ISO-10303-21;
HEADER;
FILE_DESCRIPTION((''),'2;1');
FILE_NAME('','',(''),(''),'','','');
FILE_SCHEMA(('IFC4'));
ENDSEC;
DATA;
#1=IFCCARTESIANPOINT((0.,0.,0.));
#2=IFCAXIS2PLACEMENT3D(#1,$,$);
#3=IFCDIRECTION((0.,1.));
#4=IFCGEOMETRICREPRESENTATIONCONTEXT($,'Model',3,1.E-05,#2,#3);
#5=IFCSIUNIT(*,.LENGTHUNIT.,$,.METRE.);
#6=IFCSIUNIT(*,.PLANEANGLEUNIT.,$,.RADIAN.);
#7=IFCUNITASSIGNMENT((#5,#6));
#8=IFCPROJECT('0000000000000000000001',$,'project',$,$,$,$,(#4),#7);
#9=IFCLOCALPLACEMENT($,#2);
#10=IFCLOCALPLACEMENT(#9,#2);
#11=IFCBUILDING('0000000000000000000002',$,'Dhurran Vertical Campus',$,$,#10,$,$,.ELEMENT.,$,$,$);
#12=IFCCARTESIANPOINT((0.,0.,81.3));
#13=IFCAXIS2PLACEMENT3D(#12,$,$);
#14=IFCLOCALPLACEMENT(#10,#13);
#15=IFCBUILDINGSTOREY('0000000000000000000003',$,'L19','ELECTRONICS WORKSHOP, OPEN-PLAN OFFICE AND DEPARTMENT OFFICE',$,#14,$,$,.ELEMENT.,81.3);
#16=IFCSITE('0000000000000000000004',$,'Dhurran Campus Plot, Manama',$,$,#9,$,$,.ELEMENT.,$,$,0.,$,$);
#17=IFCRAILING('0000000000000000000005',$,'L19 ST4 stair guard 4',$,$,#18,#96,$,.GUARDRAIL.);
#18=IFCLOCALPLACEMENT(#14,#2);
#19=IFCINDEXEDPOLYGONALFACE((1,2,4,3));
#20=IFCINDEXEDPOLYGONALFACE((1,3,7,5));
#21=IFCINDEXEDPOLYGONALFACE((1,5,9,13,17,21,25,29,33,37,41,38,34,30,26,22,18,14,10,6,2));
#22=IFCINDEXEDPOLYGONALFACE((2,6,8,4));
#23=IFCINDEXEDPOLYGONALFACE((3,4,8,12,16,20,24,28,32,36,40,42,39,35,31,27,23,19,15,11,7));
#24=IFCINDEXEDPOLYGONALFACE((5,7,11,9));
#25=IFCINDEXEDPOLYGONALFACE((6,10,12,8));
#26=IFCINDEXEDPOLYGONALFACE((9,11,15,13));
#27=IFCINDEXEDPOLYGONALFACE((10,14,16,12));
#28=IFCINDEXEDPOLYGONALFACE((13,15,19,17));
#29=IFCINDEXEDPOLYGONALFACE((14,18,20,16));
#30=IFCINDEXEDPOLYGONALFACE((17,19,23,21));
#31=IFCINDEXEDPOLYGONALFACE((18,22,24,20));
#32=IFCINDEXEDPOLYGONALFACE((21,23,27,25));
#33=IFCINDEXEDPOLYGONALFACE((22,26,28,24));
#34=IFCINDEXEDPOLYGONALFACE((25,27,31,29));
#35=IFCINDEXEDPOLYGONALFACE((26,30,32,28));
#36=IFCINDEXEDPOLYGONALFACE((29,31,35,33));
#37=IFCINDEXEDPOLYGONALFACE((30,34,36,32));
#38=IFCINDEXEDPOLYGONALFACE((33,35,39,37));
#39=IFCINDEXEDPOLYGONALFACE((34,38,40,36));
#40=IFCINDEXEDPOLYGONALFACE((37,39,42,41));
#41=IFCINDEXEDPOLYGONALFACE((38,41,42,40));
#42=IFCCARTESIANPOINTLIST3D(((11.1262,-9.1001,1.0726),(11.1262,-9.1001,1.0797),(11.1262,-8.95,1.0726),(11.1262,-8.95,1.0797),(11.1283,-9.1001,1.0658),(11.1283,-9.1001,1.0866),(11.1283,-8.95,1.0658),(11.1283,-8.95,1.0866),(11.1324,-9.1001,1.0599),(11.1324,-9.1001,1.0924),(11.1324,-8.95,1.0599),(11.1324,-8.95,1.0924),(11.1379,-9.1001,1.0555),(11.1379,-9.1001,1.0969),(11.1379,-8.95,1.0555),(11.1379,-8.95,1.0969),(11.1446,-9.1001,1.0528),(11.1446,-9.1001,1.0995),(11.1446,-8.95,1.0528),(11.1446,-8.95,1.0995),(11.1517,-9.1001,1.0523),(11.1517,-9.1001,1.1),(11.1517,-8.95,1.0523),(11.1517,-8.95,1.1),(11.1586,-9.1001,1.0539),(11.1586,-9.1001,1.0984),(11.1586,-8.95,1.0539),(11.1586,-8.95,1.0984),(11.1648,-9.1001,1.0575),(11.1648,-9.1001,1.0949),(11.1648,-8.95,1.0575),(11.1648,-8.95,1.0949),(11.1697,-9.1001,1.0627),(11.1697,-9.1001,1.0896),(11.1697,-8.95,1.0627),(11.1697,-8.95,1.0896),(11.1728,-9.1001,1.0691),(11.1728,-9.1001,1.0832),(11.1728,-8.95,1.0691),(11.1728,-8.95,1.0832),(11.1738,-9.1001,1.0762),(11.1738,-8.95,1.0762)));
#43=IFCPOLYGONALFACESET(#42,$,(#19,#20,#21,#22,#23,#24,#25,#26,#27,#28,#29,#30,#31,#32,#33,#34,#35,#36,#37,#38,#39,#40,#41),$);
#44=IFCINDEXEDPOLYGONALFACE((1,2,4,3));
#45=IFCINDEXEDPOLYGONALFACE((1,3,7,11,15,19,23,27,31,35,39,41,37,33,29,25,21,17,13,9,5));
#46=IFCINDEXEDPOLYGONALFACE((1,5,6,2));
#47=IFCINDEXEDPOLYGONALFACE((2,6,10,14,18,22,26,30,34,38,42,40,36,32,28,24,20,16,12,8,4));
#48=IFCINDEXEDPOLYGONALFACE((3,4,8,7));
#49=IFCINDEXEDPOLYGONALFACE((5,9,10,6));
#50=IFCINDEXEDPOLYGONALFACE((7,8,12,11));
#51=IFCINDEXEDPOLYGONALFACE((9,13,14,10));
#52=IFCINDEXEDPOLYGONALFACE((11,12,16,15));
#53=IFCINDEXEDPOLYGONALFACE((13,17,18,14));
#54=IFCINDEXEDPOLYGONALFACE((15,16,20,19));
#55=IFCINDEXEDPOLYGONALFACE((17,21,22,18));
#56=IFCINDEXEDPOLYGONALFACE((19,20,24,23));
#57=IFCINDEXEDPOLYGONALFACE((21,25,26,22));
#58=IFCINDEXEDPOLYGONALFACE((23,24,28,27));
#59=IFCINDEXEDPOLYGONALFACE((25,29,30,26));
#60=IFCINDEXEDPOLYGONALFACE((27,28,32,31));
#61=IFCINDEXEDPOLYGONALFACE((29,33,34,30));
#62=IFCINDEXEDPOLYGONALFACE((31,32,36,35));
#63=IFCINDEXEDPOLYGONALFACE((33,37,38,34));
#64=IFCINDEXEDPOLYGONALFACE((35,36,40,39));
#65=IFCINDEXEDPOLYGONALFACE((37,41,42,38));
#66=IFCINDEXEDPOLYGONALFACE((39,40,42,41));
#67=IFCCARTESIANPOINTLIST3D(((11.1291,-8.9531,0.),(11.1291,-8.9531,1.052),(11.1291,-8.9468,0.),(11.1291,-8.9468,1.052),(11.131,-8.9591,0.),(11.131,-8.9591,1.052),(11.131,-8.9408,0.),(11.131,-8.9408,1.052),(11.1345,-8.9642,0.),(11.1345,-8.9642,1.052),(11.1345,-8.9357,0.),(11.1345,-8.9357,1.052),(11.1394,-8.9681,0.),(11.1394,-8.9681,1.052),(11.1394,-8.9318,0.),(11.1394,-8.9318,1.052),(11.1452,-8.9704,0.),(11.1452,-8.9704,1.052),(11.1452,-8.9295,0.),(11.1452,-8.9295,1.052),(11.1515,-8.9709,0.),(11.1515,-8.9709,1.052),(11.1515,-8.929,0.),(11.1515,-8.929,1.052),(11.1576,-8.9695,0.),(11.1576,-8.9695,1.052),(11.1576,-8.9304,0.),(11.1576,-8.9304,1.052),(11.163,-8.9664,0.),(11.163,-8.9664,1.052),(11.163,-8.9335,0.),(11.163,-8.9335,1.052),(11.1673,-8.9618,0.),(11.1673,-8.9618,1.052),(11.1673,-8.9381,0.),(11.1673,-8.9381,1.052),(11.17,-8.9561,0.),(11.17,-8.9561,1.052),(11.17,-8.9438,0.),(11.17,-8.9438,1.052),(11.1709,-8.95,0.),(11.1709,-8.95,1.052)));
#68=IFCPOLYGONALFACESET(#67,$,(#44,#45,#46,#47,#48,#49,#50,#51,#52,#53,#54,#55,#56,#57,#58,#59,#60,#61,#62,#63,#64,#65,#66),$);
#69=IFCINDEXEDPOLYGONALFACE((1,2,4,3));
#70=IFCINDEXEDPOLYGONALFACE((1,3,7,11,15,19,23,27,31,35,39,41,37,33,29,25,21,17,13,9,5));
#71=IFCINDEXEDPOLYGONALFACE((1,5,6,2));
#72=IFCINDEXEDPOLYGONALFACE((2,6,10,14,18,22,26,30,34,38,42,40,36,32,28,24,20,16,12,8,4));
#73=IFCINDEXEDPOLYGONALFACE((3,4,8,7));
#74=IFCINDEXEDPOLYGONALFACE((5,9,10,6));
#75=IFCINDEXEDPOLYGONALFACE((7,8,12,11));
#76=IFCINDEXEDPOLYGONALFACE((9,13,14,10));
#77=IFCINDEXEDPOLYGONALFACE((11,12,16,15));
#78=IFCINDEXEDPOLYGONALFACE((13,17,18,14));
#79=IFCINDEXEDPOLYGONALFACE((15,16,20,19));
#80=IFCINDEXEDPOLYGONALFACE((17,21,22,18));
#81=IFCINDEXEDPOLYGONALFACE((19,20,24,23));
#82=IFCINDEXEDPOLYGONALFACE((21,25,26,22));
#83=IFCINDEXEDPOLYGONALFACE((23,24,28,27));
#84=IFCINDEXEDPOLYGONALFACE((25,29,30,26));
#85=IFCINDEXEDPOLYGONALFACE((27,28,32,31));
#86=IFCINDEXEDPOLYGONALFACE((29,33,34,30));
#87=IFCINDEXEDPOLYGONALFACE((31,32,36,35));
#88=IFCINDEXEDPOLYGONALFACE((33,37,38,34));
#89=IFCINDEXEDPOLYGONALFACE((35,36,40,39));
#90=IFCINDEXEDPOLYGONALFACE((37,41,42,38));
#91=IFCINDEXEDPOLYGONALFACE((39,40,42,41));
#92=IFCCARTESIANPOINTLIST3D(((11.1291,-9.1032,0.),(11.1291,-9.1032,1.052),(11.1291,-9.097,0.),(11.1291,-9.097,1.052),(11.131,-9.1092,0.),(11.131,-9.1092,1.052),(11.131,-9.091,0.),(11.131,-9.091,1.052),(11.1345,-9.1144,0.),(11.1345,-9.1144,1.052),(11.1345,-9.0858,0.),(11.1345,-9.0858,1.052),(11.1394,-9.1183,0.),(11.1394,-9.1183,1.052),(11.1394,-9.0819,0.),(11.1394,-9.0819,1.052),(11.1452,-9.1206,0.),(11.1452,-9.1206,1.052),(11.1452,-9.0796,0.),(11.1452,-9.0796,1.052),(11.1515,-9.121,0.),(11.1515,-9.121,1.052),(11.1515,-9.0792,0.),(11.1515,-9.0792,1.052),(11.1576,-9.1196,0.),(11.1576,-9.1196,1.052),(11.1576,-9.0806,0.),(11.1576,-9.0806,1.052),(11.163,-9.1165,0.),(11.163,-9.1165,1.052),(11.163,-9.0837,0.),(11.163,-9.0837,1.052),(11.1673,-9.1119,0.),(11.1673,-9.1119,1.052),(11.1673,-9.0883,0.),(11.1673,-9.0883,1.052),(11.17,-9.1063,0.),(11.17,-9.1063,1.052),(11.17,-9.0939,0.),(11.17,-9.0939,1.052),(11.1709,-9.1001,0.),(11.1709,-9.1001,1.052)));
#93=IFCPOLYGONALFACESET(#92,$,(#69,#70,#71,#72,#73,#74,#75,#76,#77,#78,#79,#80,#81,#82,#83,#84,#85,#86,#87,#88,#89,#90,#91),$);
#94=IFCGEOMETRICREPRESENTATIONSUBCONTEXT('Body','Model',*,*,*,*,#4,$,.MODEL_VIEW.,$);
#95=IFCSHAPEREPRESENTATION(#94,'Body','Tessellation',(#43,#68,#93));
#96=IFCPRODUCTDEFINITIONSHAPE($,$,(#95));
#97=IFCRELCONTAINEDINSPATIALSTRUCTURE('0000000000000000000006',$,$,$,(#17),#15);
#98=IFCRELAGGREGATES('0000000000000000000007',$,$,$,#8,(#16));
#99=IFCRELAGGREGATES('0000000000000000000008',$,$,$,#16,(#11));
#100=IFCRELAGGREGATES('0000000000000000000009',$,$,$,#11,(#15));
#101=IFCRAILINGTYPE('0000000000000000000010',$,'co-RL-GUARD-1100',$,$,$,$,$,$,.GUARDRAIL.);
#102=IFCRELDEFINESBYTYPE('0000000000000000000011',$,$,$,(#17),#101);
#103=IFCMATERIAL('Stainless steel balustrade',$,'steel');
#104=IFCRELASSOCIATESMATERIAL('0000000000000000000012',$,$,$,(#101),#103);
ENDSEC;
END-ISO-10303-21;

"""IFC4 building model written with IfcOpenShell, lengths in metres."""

from ifc_helpers import new_model, si_unit, direction, frame, origin, origin_2d, place, context, subcontext, project, spatial, circle, extrude, material, type_object, element, save


model = new_model("IFC4")

# Units and contexts
model_context = context("Model", 3, precision=1e-05, world=origin(), true_north=direction((0.0, 1.0)))
body_context = subcontext(model_context, "Body", "Model", "MODEL_VIEW")
ifc_project = project(units=[si_unit("LENGTHUNIT", "METRE"), si_unit("PLANEANGLEUNIT", "RADIAN")], contexts=[model_context])

# Site, building, storey
site_placement = place(None, origin())
site = spatial("IfcSite", under=ifc_project, at=site_placement, Name="Dhurran Campus Plot, Manama", CompositionType="ELEMENT", RefElevation=0.0)
building_placement = place(site_placement, origin())
building = spatial("IfcBuilding", under=site, at=building_placement, Name="Dhurran Vertical Campus", CompositionType="ELEMENT")
storey_placement = place(building_placement, frame((0.0, 0.0, 81.3)))
storey = spatial("IfcBuildingStorey", under=building, at=storey_placement, Name="L19", Description="ELECTRONICS WORKSHOP, OPEN-PLAN OFFICE AND DEPARTMENT OFFICE", CompositionType="ELEMENT", Elevation=81.3)

# Railing
ifc_material_1 = material(Name="Stainless steel balustrade", Category="steel")
railing_type_1 = type_object("IfcRailingType", Name="co-RL-GUARD-1100", PredefinedType="GUARDRAIL", material=ifc_material_1)
railing_1_placement = place(storey_placement, frame((11.1499, -8.95, 0.0)))
element("IfcRailing", 1, at=railing_1_placement, inside=storey, type_object=railing_type_1, Name="L19 ST4 stair guard 4", PredefinedType="GUARDRAIL", context=body_context, shape_type="SweptSolid", body=[
    extrude(circle(Radius=0.0239, at=origin_2d()), frame((0.0, 0.0, 1.0762), z_axis=(0.0, -1.0, 0.0), x_axis=(1.0, 0.0, 0.0)), (0.0, 0.0, 1.0), 0.1501),
    extrude(circle(Radius=0.021, at=origin_2d()), origin(), (0.0, 0.0, 1.0), 1.052),
    extrude(circle(Radius=0.021, at=origin_2d()), frame((0.0, -0.1501, 0.0)), (0.0, 0.0, 1.0), 1.052),
])

save(model, "model.ifc")
